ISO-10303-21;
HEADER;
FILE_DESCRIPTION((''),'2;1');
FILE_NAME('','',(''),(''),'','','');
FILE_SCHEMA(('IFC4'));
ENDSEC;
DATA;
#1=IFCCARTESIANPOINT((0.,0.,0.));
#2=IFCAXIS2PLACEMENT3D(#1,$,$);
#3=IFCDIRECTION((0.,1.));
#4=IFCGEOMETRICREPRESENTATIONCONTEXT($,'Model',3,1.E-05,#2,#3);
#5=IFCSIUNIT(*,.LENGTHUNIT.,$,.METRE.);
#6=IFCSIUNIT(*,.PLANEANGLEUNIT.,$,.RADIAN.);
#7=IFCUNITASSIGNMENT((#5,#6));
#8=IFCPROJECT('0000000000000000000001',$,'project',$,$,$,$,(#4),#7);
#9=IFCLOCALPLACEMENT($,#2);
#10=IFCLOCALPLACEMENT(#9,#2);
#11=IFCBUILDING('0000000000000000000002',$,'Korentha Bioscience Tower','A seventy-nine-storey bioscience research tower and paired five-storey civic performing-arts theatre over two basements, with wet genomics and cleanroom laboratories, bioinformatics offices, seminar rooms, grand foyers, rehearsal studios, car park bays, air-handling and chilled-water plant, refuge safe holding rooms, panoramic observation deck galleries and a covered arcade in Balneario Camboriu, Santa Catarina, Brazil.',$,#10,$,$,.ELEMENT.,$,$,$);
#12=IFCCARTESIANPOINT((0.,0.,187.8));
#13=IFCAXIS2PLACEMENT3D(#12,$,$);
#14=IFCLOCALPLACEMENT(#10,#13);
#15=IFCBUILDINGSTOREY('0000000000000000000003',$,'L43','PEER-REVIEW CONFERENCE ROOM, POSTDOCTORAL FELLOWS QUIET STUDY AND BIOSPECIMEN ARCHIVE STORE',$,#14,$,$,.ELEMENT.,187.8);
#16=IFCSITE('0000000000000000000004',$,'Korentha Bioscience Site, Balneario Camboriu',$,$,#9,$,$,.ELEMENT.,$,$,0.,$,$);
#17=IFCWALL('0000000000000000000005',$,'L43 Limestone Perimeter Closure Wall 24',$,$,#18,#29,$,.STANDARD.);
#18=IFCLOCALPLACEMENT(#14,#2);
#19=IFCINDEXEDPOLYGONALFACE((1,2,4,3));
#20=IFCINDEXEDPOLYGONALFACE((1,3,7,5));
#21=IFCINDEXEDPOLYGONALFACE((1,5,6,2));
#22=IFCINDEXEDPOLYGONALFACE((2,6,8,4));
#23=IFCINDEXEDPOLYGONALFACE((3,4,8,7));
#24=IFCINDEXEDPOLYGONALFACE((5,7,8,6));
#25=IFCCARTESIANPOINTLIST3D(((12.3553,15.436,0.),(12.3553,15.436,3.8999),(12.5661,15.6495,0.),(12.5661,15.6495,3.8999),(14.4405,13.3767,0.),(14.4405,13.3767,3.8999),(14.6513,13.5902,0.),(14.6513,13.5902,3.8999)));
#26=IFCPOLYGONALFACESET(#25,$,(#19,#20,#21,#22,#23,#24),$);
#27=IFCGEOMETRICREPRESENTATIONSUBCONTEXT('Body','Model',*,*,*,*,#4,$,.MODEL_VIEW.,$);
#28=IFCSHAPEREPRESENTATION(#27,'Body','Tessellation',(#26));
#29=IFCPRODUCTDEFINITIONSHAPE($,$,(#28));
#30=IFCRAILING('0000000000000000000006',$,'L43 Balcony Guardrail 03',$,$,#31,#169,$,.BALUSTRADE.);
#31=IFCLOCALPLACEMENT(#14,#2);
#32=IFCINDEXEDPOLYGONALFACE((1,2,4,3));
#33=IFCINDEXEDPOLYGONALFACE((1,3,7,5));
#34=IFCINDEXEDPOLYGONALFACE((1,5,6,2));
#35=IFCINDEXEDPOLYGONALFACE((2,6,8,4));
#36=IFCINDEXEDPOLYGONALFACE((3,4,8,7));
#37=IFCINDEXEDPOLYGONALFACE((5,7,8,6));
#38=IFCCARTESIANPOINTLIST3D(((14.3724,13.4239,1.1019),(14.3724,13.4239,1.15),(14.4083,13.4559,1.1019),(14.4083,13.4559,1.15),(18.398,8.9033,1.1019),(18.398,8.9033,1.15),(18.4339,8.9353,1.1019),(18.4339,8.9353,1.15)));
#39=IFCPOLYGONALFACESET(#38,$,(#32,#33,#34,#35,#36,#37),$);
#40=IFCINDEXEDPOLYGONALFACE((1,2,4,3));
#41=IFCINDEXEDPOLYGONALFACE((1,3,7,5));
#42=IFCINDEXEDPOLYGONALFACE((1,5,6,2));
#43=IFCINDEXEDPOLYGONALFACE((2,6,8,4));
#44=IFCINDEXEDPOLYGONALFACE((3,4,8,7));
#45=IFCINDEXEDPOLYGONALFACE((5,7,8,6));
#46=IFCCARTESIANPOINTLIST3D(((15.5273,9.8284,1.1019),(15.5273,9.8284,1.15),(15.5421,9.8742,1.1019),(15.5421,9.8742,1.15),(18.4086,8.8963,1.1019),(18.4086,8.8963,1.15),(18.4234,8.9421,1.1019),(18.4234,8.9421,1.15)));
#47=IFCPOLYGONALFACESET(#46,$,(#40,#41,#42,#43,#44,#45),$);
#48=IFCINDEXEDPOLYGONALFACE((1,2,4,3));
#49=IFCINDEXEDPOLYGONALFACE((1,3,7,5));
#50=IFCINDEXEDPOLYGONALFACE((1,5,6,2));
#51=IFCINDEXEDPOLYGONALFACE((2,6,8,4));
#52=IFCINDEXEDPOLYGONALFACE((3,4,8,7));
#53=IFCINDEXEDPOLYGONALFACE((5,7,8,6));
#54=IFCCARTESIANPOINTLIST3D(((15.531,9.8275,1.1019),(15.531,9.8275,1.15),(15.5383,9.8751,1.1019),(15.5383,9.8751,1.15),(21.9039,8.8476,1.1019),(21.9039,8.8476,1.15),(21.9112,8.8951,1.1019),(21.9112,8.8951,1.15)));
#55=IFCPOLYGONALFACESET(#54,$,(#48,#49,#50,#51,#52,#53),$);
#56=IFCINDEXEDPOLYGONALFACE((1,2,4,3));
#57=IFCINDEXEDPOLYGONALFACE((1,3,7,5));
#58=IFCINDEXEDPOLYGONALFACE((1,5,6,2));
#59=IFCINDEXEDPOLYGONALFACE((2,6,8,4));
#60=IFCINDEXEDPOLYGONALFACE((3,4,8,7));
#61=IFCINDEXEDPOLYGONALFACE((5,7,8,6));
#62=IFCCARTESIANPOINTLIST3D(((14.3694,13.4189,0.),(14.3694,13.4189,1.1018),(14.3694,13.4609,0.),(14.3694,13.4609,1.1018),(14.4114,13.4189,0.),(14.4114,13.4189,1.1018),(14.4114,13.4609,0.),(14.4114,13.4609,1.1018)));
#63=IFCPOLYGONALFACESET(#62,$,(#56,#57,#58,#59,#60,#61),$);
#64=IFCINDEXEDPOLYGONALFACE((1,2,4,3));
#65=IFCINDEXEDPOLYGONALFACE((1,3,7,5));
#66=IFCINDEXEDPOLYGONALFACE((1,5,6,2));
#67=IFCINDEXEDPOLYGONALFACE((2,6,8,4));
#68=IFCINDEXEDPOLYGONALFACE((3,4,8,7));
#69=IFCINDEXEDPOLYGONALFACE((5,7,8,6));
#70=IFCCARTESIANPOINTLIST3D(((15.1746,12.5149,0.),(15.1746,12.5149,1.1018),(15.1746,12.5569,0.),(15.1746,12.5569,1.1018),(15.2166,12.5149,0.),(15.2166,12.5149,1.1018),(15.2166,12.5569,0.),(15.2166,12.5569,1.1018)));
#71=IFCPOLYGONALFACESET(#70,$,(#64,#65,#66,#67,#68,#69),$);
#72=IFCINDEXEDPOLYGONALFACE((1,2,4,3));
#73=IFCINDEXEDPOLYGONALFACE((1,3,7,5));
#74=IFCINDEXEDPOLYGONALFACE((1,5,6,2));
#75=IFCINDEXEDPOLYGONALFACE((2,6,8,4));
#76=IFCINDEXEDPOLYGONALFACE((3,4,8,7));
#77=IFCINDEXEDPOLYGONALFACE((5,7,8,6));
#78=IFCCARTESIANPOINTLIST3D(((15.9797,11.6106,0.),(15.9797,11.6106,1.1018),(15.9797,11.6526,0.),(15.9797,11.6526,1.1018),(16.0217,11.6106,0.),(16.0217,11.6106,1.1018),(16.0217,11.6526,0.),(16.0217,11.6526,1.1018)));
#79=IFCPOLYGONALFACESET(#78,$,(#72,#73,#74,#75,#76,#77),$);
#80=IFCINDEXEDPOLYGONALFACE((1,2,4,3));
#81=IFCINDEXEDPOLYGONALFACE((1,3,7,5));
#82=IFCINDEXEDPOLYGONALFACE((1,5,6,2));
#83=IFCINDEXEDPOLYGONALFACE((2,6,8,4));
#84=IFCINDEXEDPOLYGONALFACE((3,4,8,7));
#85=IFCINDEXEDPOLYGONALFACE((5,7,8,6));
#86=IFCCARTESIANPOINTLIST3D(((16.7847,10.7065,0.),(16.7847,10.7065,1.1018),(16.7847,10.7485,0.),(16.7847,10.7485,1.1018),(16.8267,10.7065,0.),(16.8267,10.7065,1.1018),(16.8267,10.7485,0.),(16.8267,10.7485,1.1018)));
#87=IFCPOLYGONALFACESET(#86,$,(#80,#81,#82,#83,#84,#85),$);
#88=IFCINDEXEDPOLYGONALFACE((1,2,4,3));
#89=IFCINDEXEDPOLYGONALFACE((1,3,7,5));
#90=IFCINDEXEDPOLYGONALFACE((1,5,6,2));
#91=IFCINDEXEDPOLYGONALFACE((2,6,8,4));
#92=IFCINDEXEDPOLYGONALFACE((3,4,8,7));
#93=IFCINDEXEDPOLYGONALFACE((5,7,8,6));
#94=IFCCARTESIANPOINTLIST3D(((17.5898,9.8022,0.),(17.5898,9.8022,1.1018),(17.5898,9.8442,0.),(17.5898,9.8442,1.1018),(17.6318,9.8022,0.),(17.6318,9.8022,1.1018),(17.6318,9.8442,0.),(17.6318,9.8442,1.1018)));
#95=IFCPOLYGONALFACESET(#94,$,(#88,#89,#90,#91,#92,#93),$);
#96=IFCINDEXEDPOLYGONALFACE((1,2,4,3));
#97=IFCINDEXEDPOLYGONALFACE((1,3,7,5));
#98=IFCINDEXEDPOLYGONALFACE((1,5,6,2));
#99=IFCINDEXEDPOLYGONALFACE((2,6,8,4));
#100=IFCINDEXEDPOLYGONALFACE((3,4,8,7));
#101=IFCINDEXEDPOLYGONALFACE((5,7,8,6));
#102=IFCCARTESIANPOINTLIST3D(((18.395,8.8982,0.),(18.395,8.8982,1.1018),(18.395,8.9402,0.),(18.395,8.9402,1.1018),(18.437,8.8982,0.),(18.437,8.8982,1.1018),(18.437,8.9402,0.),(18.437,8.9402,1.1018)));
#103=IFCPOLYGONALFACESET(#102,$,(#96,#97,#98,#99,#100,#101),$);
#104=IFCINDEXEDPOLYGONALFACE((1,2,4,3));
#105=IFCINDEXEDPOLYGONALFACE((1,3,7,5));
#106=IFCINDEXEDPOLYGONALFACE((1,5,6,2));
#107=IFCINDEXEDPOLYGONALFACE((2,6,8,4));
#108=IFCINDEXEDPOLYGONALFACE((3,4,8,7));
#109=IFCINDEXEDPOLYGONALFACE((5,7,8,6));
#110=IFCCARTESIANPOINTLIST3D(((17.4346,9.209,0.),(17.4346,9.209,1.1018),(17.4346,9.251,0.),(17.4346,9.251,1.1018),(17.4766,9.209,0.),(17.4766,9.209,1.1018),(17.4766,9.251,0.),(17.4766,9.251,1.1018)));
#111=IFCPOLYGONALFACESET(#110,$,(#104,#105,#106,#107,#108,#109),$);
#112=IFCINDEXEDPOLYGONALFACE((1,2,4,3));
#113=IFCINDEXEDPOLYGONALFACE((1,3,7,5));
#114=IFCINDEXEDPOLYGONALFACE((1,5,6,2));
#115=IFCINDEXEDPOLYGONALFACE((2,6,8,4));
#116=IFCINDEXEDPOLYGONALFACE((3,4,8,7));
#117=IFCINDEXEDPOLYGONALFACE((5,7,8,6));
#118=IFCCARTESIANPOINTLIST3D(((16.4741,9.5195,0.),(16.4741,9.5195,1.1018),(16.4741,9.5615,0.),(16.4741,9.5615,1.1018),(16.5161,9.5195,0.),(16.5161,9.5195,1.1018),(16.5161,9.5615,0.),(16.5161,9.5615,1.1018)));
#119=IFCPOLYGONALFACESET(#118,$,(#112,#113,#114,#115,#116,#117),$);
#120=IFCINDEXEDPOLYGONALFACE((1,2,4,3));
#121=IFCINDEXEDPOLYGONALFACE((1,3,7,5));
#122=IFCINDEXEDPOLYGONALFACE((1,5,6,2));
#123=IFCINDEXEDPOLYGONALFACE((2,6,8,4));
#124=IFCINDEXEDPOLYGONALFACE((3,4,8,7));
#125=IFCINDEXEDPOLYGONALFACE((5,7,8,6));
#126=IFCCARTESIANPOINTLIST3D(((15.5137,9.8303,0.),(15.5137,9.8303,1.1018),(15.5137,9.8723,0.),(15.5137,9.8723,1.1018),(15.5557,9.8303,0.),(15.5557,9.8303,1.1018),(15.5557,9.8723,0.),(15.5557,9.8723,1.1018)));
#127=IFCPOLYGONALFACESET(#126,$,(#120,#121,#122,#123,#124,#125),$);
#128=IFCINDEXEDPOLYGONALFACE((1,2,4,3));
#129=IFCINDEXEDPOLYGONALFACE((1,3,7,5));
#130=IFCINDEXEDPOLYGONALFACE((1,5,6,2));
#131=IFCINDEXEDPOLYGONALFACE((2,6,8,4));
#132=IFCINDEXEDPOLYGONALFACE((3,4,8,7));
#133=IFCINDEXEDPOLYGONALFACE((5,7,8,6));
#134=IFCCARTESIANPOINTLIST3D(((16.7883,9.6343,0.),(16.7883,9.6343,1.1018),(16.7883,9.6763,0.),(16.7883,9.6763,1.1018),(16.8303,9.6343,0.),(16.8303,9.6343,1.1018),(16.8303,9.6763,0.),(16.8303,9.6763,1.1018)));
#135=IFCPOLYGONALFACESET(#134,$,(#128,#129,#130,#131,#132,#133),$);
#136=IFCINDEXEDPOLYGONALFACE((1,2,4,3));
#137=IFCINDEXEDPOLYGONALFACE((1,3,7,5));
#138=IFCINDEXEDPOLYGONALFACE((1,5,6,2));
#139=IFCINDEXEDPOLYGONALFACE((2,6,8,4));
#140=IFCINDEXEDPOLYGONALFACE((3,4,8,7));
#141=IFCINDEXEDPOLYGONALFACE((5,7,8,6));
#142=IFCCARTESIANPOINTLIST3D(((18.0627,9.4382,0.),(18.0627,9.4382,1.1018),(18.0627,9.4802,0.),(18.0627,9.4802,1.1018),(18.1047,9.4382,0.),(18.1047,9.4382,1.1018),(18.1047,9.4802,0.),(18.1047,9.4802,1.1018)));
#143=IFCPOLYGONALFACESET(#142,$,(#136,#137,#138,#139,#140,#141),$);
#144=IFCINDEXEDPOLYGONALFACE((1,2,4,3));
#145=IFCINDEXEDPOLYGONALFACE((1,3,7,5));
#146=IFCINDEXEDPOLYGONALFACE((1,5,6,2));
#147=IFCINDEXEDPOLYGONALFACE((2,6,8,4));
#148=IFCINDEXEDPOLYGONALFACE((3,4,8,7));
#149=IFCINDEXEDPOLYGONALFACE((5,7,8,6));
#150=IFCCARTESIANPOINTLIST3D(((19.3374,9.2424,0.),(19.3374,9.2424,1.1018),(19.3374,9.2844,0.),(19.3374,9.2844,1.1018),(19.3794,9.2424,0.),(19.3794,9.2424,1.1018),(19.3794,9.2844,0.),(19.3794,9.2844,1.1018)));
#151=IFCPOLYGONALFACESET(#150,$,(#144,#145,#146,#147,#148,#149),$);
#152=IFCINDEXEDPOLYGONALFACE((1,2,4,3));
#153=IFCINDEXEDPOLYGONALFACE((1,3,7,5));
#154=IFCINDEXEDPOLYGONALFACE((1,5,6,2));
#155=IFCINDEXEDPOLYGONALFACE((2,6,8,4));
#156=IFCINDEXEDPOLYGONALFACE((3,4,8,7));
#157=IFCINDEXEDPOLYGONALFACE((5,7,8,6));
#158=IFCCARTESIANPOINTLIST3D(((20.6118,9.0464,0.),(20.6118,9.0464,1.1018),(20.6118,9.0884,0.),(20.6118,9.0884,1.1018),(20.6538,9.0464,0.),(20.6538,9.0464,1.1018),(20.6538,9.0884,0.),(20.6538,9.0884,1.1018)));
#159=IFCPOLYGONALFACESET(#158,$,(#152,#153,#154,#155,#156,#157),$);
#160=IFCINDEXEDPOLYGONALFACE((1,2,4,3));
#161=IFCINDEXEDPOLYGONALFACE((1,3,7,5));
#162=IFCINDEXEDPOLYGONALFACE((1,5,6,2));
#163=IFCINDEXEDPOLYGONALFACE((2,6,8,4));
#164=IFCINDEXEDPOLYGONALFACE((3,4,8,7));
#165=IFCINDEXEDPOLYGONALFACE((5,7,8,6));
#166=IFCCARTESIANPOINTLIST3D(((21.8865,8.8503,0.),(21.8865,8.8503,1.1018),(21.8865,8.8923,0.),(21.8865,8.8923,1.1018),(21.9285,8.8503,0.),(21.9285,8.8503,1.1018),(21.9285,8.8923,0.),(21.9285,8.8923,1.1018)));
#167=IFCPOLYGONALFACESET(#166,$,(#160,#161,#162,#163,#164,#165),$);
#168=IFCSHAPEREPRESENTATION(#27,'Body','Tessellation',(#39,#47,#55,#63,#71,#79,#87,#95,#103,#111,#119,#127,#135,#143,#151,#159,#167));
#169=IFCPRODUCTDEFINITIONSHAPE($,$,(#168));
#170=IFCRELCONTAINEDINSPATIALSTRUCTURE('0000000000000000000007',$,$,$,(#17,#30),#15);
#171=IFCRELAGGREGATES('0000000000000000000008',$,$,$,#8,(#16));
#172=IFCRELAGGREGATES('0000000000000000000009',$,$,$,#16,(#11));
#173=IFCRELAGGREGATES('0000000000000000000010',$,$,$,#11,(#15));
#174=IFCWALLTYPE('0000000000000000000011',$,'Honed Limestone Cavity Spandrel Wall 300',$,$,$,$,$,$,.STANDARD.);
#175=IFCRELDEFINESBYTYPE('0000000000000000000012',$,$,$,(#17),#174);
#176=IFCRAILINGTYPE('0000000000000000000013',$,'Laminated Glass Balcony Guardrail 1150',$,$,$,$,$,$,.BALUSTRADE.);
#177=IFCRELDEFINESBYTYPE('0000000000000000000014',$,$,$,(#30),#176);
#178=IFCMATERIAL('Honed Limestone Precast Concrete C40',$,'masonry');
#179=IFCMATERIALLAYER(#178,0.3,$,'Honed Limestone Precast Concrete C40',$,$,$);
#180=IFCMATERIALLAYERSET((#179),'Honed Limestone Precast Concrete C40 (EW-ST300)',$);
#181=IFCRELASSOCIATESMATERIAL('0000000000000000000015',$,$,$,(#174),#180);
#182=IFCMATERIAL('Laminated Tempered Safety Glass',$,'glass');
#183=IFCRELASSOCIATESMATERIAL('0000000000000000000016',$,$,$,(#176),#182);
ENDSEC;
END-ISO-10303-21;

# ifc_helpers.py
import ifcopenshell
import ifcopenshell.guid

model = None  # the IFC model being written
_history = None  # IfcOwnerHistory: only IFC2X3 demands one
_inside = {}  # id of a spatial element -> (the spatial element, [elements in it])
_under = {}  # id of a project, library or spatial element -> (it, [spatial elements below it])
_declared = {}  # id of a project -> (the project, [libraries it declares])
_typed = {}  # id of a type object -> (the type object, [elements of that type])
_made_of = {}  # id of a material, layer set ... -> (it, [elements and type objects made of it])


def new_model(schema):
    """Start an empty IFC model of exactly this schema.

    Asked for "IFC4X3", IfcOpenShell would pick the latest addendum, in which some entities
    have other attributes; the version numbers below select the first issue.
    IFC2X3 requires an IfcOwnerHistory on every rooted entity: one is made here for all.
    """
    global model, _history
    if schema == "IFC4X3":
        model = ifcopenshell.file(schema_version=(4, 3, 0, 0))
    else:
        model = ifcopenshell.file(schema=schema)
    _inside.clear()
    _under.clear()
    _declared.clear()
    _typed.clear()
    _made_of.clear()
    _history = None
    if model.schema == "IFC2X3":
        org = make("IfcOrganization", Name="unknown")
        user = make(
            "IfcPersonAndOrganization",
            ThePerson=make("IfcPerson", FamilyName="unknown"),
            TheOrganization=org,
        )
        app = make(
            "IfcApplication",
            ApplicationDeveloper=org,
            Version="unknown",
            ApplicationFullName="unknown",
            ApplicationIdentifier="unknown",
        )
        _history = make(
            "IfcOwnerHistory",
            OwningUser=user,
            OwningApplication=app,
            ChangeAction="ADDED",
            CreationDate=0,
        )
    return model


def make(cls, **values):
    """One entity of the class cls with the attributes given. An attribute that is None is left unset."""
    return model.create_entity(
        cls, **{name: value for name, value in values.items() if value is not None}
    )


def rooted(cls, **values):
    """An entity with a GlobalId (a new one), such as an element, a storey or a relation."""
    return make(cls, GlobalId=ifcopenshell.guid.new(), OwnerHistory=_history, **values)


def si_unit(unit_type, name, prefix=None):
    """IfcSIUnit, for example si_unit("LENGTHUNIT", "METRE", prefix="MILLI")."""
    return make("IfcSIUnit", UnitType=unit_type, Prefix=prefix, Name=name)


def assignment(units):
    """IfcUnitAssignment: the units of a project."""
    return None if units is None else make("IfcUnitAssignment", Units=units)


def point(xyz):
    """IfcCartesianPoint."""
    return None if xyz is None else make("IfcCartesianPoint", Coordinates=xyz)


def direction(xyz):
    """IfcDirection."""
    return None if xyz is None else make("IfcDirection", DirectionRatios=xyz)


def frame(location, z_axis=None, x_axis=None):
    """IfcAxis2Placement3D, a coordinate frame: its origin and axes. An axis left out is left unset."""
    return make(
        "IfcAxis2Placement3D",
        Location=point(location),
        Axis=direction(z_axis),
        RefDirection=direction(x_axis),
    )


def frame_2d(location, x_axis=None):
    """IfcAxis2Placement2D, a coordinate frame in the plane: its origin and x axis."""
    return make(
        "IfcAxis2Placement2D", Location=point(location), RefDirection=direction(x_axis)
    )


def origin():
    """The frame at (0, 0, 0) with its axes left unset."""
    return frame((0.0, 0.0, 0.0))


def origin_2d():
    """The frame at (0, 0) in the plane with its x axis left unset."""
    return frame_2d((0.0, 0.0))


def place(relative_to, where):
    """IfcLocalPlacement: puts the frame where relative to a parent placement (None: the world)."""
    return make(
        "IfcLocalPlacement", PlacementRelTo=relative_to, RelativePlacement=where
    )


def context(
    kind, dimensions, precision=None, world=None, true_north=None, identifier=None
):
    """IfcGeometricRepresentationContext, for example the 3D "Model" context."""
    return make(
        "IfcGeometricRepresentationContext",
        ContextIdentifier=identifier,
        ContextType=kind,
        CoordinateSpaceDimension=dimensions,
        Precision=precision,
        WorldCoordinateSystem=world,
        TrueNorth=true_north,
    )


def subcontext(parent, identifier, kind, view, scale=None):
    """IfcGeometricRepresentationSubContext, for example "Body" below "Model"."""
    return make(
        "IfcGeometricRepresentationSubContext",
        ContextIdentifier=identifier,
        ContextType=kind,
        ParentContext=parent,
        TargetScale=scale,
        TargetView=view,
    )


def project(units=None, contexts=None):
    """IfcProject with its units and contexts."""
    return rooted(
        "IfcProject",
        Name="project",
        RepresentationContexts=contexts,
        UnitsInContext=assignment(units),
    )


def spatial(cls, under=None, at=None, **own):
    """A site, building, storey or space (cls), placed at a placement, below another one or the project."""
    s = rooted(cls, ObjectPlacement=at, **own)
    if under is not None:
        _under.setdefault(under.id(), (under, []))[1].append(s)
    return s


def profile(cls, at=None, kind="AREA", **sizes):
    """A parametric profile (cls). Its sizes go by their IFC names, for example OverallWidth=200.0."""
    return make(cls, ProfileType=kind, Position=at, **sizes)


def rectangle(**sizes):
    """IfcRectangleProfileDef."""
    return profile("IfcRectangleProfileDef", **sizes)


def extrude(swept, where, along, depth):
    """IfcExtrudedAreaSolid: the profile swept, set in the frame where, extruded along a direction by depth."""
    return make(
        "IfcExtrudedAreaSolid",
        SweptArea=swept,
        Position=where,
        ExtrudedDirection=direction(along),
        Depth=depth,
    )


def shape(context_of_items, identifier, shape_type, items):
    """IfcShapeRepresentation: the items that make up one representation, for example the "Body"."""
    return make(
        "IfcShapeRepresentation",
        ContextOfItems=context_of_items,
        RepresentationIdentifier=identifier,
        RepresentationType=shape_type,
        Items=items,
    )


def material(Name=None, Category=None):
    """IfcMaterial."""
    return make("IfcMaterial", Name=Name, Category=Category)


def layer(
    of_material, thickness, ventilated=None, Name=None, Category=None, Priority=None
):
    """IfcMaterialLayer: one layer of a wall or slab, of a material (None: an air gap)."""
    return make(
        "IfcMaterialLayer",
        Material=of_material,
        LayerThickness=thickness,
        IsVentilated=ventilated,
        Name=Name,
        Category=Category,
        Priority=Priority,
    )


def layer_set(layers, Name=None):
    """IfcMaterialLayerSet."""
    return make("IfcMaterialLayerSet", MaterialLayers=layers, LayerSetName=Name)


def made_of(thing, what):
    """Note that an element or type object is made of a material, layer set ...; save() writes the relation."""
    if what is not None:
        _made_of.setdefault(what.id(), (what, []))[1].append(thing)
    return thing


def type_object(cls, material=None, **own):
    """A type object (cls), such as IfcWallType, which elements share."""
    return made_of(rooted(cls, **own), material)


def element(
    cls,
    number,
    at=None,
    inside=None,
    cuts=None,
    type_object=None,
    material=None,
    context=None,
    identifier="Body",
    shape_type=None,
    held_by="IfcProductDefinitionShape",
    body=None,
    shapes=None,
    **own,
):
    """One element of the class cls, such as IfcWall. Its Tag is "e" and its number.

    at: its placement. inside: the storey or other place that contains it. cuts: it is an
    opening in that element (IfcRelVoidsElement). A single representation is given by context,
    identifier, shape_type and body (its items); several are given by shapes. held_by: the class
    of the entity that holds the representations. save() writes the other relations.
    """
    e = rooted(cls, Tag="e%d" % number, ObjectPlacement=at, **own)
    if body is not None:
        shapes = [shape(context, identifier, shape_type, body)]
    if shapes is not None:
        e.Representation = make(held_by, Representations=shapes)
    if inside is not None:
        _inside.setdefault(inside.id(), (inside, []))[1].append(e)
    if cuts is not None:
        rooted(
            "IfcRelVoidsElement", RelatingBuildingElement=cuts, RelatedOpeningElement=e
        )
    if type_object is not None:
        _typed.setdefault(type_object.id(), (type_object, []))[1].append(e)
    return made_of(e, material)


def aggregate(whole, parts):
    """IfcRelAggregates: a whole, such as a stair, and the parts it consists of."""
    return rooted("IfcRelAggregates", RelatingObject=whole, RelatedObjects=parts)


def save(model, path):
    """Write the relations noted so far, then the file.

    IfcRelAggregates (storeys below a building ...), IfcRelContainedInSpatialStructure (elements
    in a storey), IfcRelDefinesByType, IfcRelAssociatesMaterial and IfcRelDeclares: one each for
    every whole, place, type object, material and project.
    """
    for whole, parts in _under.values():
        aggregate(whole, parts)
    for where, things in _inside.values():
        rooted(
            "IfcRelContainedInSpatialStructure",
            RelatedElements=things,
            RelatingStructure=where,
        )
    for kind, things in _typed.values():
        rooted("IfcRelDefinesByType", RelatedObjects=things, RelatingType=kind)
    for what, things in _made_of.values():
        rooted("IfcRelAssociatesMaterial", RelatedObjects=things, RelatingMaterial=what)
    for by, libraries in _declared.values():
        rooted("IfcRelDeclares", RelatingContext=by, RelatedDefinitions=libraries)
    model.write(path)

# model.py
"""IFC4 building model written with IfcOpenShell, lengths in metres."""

from ifc_helpers import new_model, si_unit, direction, frame, frame_2d, origin, origin_2d, place, context, subcontext, project, spatial, rectangle, extrude, material, layer, layer_set, type_object, element, save


model = new_model("IFC4")

# Units and contexts
model_context = context("Model", 3, precision=1e-05, world=origin(), true_north=direction((0.0, 1.0)))
body_context = subcontext(model_context, "Body", "Model", "MODEL_VIEW")
ifc_project = project(units=[si_unit("LENGTHUNIT", "METRE"), si_unit("PLANEANGLEUNIT", "RADIAN")], contexts=[model_context])

# Site, building, storey
site_placement = place(None, origin())
site = spatial("IfcSite", under=ifc_project, at=site_placement, Name="Korentha Bioscience Site, Balneario Camboriu", CompositionType="ELEMENT", RefElevation=0.0)
building_placement = place(site_placement, origin())
building = spatial("IfcBuilding", under=site, at=building_placement, Name="Korentha Bioscience Tower", Description="A seventy-nine-storey bioscience research tower and paired five-storey civic performing-arts theatre over two basements, with wet genomics and cleanroom laboratories, bioinformatics offices, seminar rooms, grand foyers, rehearsal studios, car park bays, air-handling and chilled-water plant, refuge safe holding rooms, panoramic observation deck galleries and a covered arcade in Balneario Camboriu, Santa Catarina, Brazil.", CompositionType="ELEMENT")
storey_placement = place(building_placement, frame((0.0, 0.0, 187.8)))
storey = spatial("IfcBuildingStorey", under=building, at=storey_placement, Name="L43", Description="PEER-REVIEW CONFERENCE ROOM, POSTDOCTORAL FELLOWS QUIET STUDY AND BIOSPECIMEN ARCHIVE STORE", CompositionType="ELEMENT", Elevation=187.8)

# Wall
ifc_material_1 = material(Name="Honed Limestone Precast Concrete C40", Category="masonry")
ifc_layer_1 = layer(ifc_material_1, 0.3, Name="Honed Limestone Precast Concrete C40")
ifc_layer_set_1 = layer_set([ifc_layer_1], Name="Honed Limestone Precast Concrete C40 (EW-ST300)")
wall_type_1 = type_object("IfcWallType", Name="Honed Limestone Cavity Spandrel Wall 300", PredefinedType="STANDARD", material=ifc_layer_set_1)
wall_1_placement = place(storey_placement, frame((12.4607, 15.5427, 0.0), z_axis=(0.0, 0.0, 1.0), x_axis=(0.711508, -0.702678, 0.0)))
element("IfcWall", 1, at=wall_1_placement, inside=storey, type_object=wall_type_1, Name="L43 Limestone Perimeter Closure Wall 24", PredefinedType="STANDARD", context=body_context, shape_type="SweptSolid", body=[
    extrude(rectangle(XDim=2.9307, YDim=0.3, at=frame_2d((1.4653, 0.0))), origin(), (0.0, 0.0, 1.0), 3.8999),
])

# Railing
ifc_material_2 = material(Name="Laminated Tempered Safety Glass", Category="glass")
railing_type = type_object("IfcRailingType", Name="Laminated Glass Balcony Guardrail 1150", PredefinedType="BALUSTRADE", material=ifc_material_2)
railing_placement = place(storey_placement, frame((14.3904, 13.4399, 0.0)))
element("IfcRailing", 2, at=railing_placement, inside=storey, type_object=railing_type, Name="L43 Balcony Guardrail 03", PredefinedType="BALUSTRADE", context=body_context, shape_type="SweptSolid", body=[
    extrude(rectangle(XDim=0.0481, YDim=0.0481, at=origin_2d()), frame((0.0, 0.0, 1.126), z_axis=(0.665027, -0.746819, 0.0), x_axis=(0.746819, 0.665027, 0.0)), (0.0, 0.0, 1.0), 6.0532),
    extrude(rectangle(XDim=0.0481, YDim=0.0481, at=origin_2d()), frame((4.0256, -4.5208, 1.126), z_axis=(-0.951451, 0.307799, 0.0), x_axis=(-0.307799, -0.951451, 0.0)), (0.0, 0.0, 1.0), 3.0283),
    extrude(rectangle(XDim=0.0481, YDim=0.0481, at=origin_2d()), frame((1.1443, -3.5886, 1.126), z_axis=(0.988382, -0.151989, 0.0), x_axis=(0.151989, 0.988382, 0.0)), (0.0, 0.0, 1.0), 6.4478),
    extrude(rectangle(XDim=0.042, YDim=0.042, at=origin_2d()), origin(), (0.0, 0.0, 1.0), 1.1018),
    extrude(rectangle(XDim=0.042, YDim=0.042, at=origin_2d()), frame((0.8052, -0.9041, 0.0)), (0.0, 0.0, 1.0), 1.1018),
    extrude(rectangle(XDim=0.042, YDim=0.042, at=origin_2d()), frame((1.6104, -1.8083, 0.0)), (0.0, 0.0, 1.0), 1.1018),
    extrude(rectangle(XDim=0.042, YDim=0.042, at=origin_2d()), frame((2.4153, -2.7124, 0.0)), (0.0, 0.0, 1.0), 1.1018),
    extrude(rectangle(XDim=0.042, YDim=0.042, at=origin_2d()), frame((3.2205, -3.6167, 0.0)), (0.0, 0.0, 1.0), 1.1018),
    extrude(rectangle(XDim=0.042, YDim=0.042, at=origin_2d()), frame((4.0256, -4.5208, 0.0)), (0.0, 0.0, 1.0), 1.1018),
    extrude(rectangle(XDim=0.042, YDim=0.042, at=origin_2d()), frame((3.0652, -4.21, 0.0)), (0.0, 0.0, 1.0), 1.1018),
    extrude(rectangle(XDim=0.042, YDim=0.042, at=origin_2d()), frame((2.1047, -3.8994, 0.0)), (0.0, 0.0, 1.0), 1.1018),
    extrude(rectangle(XDim=0.042, YDim=0.042, at=origin_2d()), frame((1.1443, -3.5886, 0.0)), (0.0, 0.0, 1.0), 1.1018),
    extrude(rectangle(XDim=0.042, YDim=0.042, at=origin_2d()), frame((2.4189, -3.7847, 0.0)), (0.0, 0.0, 1.0), 1.1018),
    extrude(rectangle(XDim=0.042, YDim=0.042, at=origin_2d()), frame((3.6934, -3.9807, 0.0)), (0.0, 0.0, 1.0), 1.1018),
    extrude(rectangle(XDim=0.042, YDim=0.042, at=origin_2d()), frame((4.968, -4.1765, 0.0)), (0.0, 0.0, 1.0), 1.1018),
    extrude(rectangle(XDim=0.042, YDim=0.042, at=origin_2d()), frame((6.2424, -4.3726, 0.0)), (0.0, 0.0, 1.0), 1.1018),
    extrude(rectangle(XDim=0.042, YDim=0.042, at=origin_2d()), frame((7.5171, -4.5686, 0.0)), (0.0, 0.0, 1.0), 1.1018),
])

save(model, "model.ifc")
